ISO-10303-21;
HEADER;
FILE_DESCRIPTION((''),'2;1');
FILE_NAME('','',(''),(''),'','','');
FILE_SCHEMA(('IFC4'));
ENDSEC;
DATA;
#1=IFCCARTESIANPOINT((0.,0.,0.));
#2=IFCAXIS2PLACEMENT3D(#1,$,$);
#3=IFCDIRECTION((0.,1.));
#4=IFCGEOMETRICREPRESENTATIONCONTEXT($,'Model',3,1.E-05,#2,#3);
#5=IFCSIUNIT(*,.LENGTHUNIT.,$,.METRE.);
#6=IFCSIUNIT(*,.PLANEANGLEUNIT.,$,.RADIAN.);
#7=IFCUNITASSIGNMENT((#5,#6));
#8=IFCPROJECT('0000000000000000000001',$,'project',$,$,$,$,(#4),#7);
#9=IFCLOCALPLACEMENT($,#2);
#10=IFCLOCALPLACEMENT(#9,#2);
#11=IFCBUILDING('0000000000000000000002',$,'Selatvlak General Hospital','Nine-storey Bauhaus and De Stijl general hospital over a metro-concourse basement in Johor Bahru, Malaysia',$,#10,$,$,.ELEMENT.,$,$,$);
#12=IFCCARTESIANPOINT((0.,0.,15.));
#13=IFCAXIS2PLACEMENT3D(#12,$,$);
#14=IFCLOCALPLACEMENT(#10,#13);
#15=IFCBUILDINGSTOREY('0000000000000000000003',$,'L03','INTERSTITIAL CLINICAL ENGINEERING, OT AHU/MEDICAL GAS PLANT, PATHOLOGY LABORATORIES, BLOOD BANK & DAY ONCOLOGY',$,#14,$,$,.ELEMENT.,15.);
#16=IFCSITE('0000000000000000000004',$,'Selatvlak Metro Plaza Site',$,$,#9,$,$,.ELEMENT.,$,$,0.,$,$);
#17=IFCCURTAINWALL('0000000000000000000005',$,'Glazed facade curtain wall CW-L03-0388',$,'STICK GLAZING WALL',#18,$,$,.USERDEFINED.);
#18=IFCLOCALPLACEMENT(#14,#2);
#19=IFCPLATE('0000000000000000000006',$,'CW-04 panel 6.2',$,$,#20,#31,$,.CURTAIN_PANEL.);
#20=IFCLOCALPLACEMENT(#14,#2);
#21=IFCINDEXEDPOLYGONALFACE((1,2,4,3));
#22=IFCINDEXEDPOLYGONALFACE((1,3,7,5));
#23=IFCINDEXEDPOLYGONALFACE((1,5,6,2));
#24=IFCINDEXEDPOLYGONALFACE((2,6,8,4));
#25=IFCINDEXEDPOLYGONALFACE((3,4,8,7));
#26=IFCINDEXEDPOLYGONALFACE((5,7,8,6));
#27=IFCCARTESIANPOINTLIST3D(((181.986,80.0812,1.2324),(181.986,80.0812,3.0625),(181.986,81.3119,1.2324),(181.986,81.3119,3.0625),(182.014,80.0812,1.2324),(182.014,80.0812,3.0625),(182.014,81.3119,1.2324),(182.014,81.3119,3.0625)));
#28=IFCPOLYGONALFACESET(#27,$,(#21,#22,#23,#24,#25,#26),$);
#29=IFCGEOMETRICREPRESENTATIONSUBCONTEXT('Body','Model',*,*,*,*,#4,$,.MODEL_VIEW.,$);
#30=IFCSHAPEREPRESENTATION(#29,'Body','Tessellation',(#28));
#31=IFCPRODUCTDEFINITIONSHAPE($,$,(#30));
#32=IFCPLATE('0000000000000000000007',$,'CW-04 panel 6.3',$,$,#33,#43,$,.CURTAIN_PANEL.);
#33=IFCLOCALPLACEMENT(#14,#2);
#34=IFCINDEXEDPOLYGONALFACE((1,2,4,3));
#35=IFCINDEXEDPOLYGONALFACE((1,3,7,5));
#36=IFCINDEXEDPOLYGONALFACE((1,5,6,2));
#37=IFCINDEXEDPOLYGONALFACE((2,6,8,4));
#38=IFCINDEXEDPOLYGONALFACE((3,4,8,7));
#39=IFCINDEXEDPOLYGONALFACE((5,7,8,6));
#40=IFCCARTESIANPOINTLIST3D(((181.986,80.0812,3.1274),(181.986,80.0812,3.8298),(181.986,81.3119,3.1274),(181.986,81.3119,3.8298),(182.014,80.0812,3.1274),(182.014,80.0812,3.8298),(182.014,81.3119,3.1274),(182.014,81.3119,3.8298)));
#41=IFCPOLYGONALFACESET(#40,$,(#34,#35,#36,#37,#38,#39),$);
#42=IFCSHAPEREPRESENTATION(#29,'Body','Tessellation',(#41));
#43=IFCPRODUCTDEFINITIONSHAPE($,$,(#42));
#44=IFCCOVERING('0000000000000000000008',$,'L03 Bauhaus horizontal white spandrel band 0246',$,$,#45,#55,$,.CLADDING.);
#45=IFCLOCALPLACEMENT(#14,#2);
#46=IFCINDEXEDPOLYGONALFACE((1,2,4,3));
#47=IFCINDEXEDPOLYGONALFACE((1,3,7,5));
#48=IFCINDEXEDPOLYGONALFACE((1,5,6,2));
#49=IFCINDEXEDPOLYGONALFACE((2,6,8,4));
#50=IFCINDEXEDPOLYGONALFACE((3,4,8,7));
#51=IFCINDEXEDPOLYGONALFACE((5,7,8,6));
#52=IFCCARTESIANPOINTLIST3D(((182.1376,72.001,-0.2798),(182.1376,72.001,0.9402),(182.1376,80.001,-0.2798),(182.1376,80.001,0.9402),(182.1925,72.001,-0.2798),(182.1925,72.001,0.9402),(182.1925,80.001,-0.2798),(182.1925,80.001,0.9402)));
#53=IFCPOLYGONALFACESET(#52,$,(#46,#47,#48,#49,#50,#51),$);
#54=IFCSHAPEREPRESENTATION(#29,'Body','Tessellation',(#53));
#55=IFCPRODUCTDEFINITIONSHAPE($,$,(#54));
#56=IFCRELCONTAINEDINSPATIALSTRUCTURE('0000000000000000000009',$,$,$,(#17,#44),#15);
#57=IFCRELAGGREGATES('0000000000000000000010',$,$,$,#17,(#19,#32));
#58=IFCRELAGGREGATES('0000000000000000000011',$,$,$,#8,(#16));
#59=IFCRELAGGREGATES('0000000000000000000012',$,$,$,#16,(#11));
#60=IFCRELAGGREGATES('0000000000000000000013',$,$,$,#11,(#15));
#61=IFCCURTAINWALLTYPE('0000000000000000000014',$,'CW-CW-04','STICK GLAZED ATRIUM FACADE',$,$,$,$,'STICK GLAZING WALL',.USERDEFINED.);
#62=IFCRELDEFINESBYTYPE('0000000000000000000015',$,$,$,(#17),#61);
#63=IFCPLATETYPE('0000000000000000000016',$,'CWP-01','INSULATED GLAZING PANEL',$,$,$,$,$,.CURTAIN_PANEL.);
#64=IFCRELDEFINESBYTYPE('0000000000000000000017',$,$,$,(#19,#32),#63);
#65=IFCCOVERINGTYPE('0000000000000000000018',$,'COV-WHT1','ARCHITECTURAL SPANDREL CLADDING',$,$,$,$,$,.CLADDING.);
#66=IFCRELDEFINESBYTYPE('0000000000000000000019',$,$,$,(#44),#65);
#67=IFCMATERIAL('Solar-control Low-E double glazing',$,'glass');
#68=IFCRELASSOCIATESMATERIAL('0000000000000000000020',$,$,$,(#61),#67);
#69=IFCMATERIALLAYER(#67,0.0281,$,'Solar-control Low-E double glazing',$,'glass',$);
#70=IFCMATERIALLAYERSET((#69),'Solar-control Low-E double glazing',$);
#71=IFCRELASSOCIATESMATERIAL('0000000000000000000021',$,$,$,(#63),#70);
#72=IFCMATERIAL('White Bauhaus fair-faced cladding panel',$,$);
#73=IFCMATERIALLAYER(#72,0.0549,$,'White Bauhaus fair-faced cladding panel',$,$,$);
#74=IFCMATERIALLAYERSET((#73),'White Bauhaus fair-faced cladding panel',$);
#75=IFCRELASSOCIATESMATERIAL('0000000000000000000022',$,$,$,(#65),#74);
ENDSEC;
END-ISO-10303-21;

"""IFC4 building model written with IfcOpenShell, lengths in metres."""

from ifc_helpers import new_model, si_unit, direction, frame, origin, origin_2d, place, context, subcontext, project, spatial, rectangle, extrude, material, layer, layer_set, type_object, element, aggregate, save


model = new_model("IFC4")

# Units and contexts
model_context = context("Model", 3, precision=1e-05, world=origin(), true_north=direction((0.0, 1.0)))
body_context = subcontext(model_context, "Body", "Model", "MODEL_VIEW")
ifc_project = project(units=[si_unit("LENGTHUNIT", "METRE"), si_unit("PLANEANGLEUNIT", "RADIAN")], contexts=[model_context])

# Site, building, storey
site_placement = place(None, origin())
site = spatial("IfcSite", under=ifc_project, at=site_placement, Name="Selatvlak Metro Plaza Site", CompositionType="ELEMENT", RefElevation=0.0)
building_placement = place(site_placement, origin())
building = spatial("IfcBuilding", under=site, at=building_placement, Name="Selatvlak General Hospital", Description="Nine-storey Bauhaus and De Stijl general hospital over a metro-concourse basement in Johor Bahru, Malaysia", CompositionType="ELEMENT")
storey_placement = place(building_placement, frame((0.0, 0.0, 15.0)))
storey = spatial("IfcBuildingStorey", under=building, at=storey_placement, Name="L03", Description="INTERSTITIAL CLINICAL ENGINEERING, OT AHU/MEDICAL GAS PLANT, PATHOLOGY LABORATORIES, BLOOD BANK & DAY ONCOLOGY", CompositionType="ELEMENT", Elevation=15.0)

# Curtain wall, plates
ifc_material_1 = material(Name="Solar-control Low-E double glazing", Category="glass")
curtain_wall_type = type_object("IfcCurtainWallType", Name="CW-CW-04", Description="STICK GLAZED ATRIUM FACADE", ElementType="STICK GLAZING WALL", PredefinedType="USERDEFINED", material=ifc_material_1)
curtain_wall_placement = place(storey_placement, origin())
curtain_wall = element("IfcCurtainWall", 1, at=curtain_wall_placement, inside=storey, type_object=curtain_wall_type, Name="Glazed facade curtain wall CW-L03-0388", ObjectType="STICK GLAZING WALL", PredefinedType="USERDEFINED")
ifc_layer_1 = layer(ifc_material_1, 0.0281, Name="Solar-control Low-E double glazing", Category="glass")
ifc_layer_set_1 = layer_set([ifc_layer_1], Name="Solar-control Low-E double glazing")
plate_type = type_object("IfcPlateType", Name="CWP-01", Description="INSULATED GLAZING PANEL", PredefinedType="CURTAIN_PANEL", material=ifc_layer_set_1)
plate_1_placement = place(storey_placement, frame((182.0, 80.6965, 1.2324), z_axis=(0.0, 0.0, 1.0), x_axis=(0.0, -1.0, 0.0)))
plate_1 = element("IfcPlate", 2, at=plate_1_placement, type_object=plate_type, Name="CW-04 panel 6.2", PredefinedType="CURTAIN_PANEL", context=body_context, shape_type="SweptSolid", body=[
    extrude(rectangle(XDim=1.2307, YDim=0.0281, at=origin_2d()), origin(), (0.0, 0.0, 1.0), 1.8301),
])
plate_2_placement = place(storey_placement, frame((182.0, 80.6965, 3.1274), z_axis=(0.0, 0.0, 1.0), x_axis=(0.0, -1.0, 0.0)))
plate_2 = element("IfcPlate", 3, at=plate_2_placement, type_object=plate_type, Name="CW-04 panel 6.3", PredefinedType="CURTAIN_PANEL", context=body_context, shape_type="SweptSolid", body=[
    extrude(rectangle(XDim=1.2307, YDim=0.0281, at=origin_2d()), origin(), (0.0, 0.0, 1.0), 0.7024),
])
aggregate(curtain_wall, [plate_1, plate_2])

# Covering
ifc_material_2 = material(Name="White Bauhaus fair-faced cladding panel")
ifc_layer_2 = layer(ifc_material_2, 0.0549, Name="White Bauhaus fair-faced cladding panel")
ifc_layer_set_2 = layer_set([ifc_layer_2], Name="White Bauhaus fair-faced cladding panel")
covering_type = type_object("IfcCoveringType", Name="COV-WHT1", Description="ARCHITECTURAL SPANDREL CLADDING", PredefinedType="CLADDING", material=ifc_layer_set_2)
covering_placement = place(storey_placement, frame((182.165, 76.001, -0.2798), z_axis=(0.0, 0.0, 1.0), x_axis=(0.0, -1.0, 0.0)))
element("IfcCovering", 4, at=covering_placement, inside=storey, type_object=covering_type, Name="L03 Bauhaus horizontal white spandrel band 0246", PredefinedType="CLADDING", context=body_context, shape_type="SweptSolid", body=[
    extrude(rectangle(XDim=8.0, YDim=0.0549, at=origin_2d()), origin(), (0.0, 0.0, 1.0), 1.22),
])

save(model, "model.ifc")
